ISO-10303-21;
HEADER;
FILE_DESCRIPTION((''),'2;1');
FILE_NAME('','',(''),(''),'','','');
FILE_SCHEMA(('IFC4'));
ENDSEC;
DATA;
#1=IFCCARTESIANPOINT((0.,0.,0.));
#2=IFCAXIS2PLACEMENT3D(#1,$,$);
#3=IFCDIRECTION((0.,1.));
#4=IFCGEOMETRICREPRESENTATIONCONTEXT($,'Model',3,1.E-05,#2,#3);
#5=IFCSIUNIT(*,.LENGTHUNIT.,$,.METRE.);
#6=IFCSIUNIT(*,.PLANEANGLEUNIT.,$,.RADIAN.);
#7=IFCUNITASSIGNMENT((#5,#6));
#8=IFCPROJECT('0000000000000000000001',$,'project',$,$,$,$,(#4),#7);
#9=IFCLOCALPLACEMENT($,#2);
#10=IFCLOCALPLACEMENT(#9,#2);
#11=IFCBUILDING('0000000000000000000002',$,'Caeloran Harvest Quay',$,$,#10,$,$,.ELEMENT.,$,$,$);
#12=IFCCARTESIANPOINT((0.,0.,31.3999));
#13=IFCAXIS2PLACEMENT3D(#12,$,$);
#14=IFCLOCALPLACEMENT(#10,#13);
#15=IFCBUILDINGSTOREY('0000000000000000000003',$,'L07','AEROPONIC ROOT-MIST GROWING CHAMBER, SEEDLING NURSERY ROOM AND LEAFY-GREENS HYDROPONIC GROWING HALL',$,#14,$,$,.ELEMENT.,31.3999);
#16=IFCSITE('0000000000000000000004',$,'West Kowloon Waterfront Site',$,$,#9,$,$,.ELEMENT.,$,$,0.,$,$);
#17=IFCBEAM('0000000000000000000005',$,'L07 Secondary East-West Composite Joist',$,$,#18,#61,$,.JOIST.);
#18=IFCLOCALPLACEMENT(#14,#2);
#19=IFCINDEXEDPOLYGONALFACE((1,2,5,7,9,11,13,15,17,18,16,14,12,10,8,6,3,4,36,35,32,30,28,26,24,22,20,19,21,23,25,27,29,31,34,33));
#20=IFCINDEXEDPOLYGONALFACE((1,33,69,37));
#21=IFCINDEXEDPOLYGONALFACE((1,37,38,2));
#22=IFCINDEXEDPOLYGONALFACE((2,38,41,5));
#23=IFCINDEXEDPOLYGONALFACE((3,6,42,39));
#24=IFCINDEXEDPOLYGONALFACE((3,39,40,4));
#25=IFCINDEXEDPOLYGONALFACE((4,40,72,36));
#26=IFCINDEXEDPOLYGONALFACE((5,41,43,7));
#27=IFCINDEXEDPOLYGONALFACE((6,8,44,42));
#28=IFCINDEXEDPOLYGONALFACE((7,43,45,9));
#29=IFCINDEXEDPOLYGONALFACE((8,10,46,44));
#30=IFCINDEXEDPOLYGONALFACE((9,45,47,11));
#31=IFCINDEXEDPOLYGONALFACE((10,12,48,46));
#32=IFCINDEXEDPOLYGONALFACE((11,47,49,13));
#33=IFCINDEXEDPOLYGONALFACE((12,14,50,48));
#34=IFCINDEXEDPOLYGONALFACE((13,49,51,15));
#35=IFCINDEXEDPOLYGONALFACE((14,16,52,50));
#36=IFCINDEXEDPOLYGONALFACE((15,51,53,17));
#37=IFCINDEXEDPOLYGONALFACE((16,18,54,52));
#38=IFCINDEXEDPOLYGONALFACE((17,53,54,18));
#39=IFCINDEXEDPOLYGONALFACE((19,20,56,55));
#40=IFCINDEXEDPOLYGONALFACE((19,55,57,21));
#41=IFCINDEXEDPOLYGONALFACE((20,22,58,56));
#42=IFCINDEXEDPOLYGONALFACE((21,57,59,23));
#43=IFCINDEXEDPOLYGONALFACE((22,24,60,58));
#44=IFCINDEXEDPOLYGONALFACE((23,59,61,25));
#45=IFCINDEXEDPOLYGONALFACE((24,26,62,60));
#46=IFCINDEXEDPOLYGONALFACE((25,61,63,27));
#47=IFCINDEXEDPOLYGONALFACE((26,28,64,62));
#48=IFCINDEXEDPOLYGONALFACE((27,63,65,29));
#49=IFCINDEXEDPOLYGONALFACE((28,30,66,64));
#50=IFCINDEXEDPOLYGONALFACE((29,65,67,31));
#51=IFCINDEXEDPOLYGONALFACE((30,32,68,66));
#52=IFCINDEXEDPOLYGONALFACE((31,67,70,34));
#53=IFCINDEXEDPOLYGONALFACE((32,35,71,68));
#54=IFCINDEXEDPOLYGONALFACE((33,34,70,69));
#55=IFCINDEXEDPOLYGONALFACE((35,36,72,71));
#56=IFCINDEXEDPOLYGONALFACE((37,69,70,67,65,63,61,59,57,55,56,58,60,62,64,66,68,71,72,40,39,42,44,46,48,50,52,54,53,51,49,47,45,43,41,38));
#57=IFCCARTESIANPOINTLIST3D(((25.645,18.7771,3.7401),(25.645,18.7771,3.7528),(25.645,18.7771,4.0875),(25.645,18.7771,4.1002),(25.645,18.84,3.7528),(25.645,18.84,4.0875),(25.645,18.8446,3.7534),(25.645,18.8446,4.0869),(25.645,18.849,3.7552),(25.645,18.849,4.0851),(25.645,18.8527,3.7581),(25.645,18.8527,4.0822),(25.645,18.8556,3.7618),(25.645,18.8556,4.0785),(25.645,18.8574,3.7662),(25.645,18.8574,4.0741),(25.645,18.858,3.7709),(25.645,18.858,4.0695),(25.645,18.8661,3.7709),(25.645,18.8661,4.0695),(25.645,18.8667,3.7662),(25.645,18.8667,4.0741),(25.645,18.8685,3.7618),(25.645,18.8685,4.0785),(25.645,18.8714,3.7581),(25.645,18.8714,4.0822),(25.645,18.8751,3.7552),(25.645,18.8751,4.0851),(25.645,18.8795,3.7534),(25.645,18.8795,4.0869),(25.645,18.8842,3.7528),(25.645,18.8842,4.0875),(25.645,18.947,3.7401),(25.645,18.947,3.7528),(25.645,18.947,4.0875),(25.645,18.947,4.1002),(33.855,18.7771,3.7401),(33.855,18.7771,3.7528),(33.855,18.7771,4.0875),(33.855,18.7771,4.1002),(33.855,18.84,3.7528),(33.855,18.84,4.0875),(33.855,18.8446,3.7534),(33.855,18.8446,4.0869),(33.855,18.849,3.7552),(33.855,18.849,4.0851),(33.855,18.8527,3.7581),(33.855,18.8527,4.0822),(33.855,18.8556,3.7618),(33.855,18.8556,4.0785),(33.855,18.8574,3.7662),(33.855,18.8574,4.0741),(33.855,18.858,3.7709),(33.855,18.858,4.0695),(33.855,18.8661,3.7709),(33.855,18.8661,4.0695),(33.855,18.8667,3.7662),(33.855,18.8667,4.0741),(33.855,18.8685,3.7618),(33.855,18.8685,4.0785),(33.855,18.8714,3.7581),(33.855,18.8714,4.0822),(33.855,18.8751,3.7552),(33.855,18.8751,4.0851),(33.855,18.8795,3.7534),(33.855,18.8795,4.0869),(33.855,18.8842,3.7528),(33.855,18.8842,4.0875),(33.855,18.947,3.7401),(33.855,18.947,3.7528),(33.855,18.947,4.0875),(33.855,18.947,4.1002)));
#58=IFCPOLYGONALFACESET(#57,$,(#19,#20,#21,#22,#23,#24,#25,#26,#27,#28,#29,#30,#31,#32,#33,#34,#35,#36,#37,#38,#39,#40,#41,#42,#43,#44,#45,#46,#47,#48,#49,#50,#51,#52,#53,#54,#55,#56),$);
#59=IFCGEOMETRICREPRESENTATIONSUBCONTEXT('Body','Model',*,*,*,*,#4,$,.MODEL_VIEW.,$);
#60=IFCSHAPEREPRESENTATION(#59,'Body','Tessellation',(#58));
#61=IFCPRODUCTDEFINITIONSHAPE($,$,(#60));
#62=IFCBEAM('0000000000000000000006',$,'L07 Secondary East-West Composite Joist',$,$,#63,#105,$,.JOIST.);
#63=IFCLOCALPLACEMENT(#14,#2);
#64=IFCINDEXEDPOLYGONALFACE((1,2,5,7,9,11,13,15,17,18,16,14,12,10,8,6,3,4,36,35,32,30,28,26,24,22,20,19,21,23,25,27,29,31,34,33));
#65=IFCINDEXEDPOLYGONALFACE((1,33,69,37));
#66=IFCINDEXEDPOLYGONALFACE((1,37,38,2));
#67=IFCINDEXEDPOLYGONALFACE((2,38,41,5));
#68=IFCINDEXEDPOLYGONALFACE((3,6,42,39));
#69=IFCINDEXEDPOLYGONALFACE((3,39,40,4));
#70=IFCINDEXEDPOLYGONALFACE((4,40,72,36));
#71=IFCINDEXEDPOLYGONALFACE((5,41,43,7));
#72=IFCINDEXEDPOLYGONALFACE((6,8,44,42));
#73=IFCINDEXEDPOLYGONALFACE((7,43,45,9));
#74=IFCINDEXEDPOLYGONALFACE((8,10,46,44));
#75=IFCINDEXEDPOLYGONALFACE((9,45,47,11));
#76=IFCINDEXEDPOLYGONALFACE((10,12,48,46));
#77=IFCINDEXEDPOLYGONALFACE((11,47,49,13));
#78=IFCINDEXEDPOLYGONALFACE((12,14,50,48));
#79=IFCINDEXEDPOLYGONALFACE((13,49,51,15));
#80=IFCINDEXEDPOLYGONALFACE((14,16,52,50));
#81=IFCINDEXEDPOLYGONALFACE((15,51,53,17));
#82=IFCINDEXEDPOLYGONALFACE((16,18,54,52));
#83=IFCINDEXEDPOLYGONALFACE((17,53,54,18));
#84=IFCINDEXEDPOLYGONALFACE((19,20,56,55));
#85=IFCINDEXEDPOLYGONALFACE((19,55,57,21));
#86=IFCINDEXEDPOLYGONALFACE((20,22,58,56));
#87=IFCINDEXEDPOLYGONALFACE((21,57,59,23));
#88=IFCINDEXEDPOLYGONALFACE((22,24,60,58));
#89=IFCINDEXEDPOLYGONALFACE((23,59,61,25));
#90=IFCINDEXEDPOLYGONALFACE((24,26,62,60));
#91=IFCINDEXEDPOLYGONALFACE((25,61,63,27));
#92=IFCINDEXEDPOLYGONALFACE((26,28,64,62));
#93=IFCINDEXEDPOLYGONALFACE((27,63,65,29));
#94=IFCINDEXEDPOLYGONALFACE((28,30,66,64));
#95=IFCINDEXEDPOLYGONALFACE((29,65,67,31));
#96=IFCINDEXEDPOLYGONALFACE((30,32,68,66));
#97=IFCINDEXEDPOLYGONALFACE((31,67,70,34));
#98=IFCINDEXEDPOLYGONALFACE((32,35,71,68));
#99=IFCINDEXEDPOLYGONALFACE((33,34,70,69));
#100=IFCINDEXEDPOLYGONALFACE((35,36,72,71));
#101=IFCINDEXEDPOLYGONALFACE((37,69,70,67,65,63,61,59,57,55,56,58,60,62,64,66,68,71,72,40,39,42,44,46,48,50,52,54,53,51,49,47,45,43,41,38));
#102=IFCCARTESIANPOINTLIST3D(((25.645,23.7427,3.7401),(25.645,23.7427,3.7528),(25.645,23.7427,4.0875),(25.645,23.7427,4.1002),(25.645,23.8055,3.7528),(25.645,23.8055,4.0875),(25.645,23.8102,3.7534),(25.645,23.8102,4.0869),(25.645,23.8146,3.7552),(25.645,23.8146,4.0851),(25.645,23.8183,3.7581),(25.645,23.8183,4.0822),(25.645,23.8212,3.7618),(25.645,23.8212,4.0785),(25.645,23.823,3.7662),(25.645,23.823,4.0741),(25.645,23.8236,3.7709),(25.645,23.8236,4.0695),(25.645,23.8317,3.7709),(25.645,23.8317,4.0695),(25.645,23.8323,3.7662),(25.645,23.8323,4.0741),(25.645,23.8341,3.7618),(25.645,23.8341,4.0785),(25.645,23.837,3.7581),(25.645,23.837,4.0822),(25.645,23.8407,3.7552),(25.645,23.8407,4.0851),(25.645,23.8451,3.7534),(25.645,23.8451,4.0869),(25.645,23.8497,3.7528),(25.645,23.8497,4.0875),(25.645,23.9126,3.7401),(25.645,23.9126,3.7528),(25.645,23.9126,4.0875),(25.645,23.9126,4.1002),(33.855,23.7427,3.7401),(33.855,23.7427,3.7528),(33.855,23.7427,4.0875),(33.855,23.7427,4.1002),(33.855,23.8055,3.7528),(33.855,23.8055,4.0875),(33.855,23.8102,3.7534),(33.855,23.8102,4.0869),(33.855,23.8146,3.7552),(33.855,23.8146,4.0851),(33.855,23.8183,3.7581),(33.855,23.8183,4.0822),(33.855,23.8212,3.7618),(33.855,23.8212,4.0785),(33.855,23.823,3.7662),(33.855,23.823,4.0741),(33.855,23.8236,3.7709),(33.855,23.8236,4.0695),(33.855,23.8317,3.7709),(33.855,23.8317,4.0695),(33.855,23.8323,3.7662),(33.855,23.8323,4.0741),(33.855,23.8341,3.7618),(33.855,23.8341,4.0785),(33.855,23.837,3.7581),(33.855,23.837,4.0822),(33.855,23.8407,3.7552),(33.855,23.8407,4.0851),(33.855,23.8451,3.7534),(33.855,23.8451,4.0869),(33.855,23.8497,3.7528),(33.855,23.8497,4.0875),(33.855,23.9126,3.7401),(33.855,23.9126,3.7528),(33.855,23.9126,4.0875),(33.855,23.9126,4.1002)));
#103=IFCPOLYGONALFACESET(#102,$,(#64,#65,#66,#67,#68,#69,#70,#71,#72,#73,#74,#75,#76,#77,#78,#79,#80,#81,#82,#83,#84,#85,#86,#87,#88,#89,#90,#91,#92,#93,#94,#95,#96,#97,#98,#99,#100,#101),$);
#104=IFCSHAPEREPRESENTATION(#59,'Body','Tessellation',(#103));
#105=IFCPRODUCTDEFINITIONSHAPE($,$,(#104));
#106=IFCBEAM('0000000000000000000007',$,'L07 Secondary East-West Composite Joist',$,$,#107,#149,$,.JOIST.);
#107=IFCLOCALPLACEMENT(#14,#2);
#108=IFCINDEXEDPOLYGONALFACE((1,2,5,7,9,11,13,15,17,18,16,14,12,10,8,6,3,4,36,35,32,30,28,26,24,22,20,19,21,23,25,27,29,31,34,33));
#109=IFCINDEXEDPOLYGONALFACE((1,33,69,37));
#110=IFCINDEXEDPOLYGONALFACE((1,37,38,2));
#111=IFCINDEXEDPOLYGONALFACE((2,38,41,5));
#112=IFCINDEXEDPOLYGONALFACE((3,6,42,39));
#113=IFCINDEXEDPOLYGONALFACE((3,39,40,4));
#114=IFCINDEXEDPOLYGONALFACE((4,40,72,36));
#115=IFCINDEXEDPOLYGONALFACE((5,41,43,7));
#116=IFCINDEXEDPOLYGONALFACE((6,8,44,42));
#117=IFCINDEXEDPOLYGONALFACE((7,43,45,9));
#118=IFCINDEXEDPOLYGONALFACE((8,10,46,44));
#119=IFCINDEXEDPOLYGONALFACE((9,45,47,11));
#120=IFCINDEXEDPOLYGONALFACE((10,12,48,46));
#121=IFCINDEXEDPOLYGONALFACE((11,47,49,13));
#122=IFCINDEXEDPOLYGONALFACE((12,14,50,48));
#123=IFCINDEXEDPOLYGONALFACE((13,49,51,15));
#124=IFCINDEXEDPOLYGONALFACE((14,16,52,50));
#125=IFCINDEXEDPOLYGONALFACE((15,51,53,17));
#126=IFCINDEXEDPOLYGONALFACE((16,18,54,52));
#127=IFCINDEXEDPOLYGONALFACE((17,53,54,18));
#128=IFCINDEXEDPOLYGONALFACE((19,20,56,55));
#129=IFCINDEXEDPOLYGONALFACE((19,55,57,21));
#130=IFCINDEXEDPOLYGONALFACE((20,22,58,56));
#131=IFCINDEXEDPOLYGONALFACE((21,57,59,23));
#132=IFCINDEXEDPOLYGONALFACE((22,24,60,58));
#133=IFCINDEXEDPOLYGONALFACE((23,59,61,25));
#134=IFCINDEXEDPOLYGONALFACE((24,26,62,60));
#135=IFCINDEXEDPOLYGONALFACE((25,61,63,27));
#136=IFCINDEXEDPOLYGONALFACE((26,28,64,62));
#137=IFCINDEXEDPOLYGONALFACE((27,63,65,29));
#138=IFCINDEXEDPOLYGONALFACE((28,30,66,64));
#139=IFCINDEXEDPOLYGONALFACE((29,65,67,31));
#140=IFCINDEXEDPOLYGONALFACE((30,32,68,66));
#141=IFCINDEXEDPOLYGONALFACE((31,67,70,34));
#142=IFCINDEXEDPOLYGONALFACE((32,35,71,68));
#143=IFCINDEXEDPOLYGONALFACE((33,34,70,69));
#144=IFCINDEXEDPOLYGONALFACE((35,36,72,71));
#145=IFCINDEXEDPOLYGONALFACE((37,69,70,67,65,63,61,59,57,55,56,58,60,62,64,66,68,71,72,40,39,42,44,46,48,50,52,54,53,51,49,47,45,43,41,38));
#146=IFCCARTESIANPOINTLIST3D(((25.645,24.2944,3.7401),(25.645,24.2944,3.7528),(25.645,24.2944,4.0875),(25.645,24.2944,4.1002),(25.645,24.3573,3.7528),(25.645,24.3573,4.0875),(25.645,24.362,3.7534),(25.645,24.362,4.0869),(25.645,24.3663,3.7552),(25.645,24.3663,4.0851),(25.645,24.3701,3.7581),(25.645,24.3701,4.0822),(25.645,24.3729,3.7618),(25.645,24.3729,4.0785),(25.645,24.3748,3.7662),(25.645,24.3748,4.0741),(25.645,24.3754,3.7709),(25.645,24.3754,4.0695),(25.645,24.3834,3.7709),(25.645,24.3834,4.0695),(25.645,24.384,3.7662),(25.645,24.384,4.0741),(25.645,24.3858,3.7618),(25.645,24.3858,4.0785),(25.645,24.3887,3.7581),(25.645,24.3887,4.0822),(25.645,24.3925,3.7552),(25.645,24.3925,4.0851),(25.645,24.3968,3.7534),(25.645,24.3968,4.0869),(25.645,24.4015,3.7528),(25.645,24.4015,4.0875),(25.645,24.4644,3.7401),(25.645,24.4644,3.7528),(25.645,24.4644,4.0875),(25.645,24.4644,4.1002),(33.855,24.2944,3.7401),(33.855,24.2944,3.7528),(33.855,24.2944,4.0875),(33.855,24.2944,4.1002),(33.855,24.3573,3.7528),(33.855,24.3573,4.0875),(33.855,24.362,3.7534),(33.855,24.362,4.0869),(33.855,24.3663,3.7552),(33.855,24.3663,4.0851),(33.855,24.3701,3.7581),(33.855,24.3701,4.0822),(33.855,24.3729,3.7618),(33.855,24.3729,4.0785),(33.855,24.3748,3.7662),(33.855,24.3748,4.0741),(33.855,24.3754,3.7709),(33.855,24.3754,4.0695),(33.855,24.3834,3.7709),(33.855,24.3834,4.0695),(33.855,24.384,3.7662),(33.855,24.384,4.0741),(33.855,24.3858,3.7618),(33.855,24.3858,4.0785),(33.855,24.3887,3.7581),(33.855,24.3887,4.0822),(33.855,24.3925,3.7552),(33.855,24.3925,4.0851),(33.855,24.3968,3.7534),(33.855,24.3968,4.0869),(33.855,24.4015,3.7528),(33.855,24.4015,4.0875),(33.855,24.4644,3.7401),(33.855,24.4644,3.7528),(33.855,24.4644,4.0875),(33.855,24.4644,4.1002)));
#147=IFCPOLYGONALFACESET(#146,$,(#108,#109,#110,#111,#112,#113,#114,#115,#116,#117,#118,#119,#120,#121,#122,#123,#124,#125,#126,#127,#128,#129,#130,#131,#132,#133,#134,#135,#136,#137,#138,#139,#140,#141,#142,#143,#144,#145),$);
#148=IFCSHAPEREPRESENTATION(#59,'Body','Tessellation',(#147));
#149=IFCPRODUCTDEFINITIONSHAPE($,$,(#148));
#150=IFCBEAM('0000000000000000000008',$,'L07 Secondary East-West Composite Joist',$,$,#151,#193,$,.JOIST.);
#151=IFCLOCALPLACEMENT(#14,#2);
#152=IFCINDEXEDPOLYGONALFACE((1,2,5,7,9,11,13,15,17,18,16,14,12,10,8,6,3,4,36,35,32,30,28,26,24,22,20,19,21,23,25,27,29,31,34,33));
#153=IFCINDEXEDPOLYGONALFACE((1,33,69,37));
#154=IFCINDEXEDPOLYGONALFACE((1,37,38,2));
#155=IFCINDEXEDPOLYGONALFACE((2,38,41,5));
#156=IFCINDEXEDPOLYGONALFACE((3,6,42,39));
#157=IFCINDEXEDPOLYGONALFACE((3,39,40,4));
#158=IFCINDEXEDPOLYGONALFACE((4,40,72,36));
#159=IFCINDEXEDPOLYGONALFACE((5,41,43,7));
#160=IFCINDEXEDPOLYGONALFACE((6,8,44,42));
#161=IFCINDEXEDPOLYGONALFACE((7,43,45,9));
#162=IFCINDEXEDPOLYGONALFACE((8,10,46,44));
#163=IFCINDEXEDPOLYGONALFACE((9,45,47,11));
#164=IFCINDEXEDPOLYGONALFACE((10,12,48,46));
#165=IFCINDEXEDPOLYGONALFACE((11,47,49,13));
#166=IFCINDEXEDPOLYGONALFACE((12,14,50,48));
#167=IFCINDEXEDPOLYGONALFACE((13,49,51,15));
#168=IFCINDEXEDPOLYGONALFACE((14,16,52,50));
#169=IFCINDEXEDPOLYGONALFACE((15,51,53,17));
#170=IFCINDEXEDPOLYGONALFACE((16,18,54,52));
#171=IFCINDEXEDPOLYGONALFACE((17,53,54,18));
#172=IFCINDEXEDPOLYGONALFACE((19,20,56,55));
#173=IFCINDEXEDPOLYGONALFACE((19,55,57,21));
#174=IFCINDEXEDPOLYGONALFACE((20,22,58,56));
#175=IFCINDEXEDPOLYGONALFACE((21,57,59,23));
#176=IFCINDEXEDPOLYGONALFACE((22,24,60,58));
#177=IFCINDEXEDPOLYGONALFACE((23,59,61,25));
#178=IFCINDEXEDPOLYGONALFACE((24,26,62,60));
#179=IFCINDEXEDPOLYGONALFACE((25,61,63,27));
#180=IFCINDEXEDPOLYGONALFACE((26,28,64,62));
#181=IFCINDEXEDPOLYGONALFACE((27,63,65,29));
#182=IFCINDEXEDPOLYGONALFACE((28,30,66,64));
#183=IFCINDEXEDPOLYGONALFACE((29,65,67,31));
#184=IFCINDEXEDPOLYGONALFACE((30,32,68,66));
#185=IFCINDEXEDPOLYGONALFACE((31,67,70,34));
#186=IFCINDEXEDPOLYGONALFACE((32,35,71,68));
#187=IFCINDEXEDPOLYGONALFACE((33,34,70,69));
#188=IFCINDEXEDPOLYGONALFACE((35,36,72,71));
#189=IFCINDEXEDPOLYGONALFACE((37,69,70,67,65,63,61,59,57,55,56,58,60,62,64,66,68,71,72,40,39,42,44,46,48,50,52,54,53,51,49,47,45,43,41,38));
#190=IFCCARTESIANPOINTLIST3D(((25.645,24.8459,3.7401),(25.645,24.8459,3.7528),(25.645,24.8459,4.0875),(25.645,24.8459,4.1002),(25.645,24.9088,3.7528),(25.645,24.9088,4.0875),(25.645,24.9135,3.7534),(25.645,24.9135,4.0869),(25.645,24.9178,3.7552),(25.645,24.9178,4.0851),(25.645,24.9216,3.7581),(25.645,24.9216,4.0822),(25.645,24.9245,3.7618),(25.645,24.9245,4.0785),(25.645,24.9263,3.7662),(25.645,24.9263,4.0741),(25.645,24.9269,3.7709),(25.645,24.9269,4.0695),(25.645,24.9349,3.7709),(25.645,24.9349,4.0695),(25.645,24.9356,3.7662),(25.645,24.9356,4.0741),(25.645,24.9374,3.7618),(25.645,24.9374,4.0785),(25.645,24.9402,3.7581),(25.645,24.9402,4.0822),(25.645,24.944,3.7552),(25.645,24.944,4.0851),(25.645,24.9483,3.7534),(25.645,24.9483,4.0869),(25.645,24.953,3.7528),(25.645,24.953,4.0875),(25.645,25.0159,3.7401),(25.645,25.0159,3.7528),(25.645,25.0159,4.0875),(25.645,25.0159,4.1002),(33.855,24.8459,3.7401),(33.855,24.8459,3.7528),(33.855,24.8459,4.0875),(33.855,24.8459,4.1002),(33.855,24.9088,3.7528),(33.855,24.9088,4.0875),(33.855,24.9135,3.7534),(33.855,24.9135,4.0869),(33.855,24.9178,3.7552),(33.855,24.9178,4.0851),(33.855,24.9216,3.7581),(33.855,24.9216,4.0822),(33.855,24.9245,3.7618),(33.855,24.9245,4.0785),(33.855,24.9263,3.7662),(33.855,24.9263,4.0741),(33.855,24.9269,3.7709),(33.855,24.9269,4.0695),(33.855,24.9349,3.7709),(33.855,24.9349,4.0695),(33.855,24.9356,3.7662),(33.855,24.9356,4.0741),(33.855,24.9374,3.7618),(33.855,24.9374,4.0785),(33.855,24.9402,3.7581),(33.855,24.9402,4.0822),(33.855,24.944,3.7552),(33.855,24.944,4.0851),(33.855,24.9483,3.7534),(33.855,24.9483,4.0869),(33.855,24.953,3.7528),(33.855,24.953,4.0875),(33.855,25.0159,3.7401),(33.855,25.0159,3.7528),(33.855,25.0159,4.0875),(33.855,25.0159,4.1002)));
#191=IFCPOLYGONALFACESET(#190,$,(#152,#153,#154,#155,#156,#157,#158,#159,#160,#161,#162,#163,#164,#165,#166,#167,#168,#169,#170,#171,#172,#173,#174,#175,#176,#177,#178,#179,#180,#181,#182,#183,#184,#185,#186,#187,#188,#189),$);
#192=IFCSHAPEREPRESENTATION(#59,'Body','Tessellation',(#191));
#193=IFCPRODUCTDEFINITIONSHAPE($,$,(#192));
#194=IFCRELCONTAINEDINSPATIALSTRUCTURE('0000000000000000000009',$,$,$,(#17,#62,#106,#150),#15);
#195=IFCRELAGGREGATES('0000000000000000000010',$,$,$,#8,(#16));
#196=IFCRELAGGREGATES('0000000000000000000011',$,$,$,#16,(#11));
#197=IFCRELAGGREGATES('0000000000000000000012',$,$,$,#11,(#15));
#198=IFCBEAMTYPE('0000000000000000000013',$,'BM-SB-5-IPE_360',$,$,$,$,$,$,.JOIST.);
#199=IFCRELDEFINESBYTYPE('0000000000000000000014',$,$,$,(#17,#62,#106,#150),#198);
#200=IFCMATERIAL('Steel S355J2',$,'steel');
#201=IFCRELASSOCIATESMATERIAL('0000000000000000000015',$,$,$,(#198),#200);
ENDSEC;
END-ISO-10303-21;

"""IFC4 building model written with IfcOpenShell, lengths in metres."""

from ifc_helpers import new_model, si_unit, direction, frame, origin, origin_2d, place, context, subcontext, project, spatial, i_section, extrude, material, material_profile, profile_set, type_object, element, save


model = new_model("IFC4")

# Units and contexts
model_context = context("Model", 3, precision=1e-05, world=origin(), true_north=direction((0.0, 1.0)))
body_context = subcontext(model_context, "Body", "Model", "MODEL_VIEW")
ifc_project = project(units=[si_unit("LENGTHUNIT", "METRE"), si_unit("PLANEANGLEUNIT", "RADIAN")], contexts=[model_context])

# Site, building, storey
site_placement = place(None, origin())
site = spatial("IfcSite", under=ifc_project, at=site_placement, Name="West Kowloon Waterfront Site", CompositionType="ELEMENT", RefElevation=0.0)
building_placement = place(site_placement, origin())
building = spatial("IfcBuilding", under=site, at=building_placement, Name="Caeloran Harvest Quay", CompositionType="ELEMENT")
storey_placement = place(building_placement, frame((0.0, 0.0, 31.3999)))
storey = spatial("IfcBuildingStorey", under=building, at=storey_placement, Name="L07", Description="AEROPONIC ROOT-MIST GROWING CHAMBER, SEEDLING NURSERY ROOM AND LEAFY-GREENS HYDROPONIC GROWING HALL", CompositionType="ELEMENT", Elevation=31.3999)

# Beams
ifc_material_1 = material(Name="Steel S355J2", Category="steel")
ifc_material_profile_1 = material_profile(ifc_material_1, i_section(OverallWidth=0.1699, OverallDepth=0.3601, WebThickness=0.0081, FlangeThickness=0.0127, FilletRadius=0.0181, at=origin_2d()), Name="IPE 360")
ifc_profile_set_1 = profile_set([ifc_material_profile_1], Name="Steel S355J2")
beam_type_1 = type_object("IfcBeamType", Name="BM-SB-5-IPE_360", PredefinedType="JOIST", material=ifc_profile_set_1)
for number, where, z_axis, x_axis, name in (
    (1, (25.645, 18.8621, 3.9202), (1.0, 0.0, 0.0), (0.0, 1.0, 0.0), "L07 Secondary East-West Composite Joist"),
    (2, (25.645, 23.8276, 3.9202), (1.0, 0.0, 0.0), (0.0, 1.0, 0.0), "L07 Secondary East-West Composite Joist"),
    (3, (25.645, 24.3794, 3.9202), (1.0, 0.0, 0.0), (0.0, 1.0, 0.0), "L07 Secondary East-West Composite Joist"),
    (4, (25.645, 24.9309, 3.9202), (1.0, 0.0, 0.0), (0.0, 1.0, 0.0), "L07 Secondary East-West Composite Joist"),
):
    element("IfcBeam", number, at=place(storey_placement, frame(where, z_axis=z_axis, x_axis=x_axis)), inside=storey, type_object=beam_type_1, Name=name, PredefinedType="JOIST", context=body_context, shape_type="SweptSolid", body=[
        extrude(i_section(OverallWidth=0.1699, OverallDepth=0.3601, WebThickness=0.0081, FlangeThickness=0.0127, FilletRadius=0.0181, at=origin_2d()), origin(), (0.0, 0.0, 1.0), 8.21),
    ])

save(model, "model.ifc")
